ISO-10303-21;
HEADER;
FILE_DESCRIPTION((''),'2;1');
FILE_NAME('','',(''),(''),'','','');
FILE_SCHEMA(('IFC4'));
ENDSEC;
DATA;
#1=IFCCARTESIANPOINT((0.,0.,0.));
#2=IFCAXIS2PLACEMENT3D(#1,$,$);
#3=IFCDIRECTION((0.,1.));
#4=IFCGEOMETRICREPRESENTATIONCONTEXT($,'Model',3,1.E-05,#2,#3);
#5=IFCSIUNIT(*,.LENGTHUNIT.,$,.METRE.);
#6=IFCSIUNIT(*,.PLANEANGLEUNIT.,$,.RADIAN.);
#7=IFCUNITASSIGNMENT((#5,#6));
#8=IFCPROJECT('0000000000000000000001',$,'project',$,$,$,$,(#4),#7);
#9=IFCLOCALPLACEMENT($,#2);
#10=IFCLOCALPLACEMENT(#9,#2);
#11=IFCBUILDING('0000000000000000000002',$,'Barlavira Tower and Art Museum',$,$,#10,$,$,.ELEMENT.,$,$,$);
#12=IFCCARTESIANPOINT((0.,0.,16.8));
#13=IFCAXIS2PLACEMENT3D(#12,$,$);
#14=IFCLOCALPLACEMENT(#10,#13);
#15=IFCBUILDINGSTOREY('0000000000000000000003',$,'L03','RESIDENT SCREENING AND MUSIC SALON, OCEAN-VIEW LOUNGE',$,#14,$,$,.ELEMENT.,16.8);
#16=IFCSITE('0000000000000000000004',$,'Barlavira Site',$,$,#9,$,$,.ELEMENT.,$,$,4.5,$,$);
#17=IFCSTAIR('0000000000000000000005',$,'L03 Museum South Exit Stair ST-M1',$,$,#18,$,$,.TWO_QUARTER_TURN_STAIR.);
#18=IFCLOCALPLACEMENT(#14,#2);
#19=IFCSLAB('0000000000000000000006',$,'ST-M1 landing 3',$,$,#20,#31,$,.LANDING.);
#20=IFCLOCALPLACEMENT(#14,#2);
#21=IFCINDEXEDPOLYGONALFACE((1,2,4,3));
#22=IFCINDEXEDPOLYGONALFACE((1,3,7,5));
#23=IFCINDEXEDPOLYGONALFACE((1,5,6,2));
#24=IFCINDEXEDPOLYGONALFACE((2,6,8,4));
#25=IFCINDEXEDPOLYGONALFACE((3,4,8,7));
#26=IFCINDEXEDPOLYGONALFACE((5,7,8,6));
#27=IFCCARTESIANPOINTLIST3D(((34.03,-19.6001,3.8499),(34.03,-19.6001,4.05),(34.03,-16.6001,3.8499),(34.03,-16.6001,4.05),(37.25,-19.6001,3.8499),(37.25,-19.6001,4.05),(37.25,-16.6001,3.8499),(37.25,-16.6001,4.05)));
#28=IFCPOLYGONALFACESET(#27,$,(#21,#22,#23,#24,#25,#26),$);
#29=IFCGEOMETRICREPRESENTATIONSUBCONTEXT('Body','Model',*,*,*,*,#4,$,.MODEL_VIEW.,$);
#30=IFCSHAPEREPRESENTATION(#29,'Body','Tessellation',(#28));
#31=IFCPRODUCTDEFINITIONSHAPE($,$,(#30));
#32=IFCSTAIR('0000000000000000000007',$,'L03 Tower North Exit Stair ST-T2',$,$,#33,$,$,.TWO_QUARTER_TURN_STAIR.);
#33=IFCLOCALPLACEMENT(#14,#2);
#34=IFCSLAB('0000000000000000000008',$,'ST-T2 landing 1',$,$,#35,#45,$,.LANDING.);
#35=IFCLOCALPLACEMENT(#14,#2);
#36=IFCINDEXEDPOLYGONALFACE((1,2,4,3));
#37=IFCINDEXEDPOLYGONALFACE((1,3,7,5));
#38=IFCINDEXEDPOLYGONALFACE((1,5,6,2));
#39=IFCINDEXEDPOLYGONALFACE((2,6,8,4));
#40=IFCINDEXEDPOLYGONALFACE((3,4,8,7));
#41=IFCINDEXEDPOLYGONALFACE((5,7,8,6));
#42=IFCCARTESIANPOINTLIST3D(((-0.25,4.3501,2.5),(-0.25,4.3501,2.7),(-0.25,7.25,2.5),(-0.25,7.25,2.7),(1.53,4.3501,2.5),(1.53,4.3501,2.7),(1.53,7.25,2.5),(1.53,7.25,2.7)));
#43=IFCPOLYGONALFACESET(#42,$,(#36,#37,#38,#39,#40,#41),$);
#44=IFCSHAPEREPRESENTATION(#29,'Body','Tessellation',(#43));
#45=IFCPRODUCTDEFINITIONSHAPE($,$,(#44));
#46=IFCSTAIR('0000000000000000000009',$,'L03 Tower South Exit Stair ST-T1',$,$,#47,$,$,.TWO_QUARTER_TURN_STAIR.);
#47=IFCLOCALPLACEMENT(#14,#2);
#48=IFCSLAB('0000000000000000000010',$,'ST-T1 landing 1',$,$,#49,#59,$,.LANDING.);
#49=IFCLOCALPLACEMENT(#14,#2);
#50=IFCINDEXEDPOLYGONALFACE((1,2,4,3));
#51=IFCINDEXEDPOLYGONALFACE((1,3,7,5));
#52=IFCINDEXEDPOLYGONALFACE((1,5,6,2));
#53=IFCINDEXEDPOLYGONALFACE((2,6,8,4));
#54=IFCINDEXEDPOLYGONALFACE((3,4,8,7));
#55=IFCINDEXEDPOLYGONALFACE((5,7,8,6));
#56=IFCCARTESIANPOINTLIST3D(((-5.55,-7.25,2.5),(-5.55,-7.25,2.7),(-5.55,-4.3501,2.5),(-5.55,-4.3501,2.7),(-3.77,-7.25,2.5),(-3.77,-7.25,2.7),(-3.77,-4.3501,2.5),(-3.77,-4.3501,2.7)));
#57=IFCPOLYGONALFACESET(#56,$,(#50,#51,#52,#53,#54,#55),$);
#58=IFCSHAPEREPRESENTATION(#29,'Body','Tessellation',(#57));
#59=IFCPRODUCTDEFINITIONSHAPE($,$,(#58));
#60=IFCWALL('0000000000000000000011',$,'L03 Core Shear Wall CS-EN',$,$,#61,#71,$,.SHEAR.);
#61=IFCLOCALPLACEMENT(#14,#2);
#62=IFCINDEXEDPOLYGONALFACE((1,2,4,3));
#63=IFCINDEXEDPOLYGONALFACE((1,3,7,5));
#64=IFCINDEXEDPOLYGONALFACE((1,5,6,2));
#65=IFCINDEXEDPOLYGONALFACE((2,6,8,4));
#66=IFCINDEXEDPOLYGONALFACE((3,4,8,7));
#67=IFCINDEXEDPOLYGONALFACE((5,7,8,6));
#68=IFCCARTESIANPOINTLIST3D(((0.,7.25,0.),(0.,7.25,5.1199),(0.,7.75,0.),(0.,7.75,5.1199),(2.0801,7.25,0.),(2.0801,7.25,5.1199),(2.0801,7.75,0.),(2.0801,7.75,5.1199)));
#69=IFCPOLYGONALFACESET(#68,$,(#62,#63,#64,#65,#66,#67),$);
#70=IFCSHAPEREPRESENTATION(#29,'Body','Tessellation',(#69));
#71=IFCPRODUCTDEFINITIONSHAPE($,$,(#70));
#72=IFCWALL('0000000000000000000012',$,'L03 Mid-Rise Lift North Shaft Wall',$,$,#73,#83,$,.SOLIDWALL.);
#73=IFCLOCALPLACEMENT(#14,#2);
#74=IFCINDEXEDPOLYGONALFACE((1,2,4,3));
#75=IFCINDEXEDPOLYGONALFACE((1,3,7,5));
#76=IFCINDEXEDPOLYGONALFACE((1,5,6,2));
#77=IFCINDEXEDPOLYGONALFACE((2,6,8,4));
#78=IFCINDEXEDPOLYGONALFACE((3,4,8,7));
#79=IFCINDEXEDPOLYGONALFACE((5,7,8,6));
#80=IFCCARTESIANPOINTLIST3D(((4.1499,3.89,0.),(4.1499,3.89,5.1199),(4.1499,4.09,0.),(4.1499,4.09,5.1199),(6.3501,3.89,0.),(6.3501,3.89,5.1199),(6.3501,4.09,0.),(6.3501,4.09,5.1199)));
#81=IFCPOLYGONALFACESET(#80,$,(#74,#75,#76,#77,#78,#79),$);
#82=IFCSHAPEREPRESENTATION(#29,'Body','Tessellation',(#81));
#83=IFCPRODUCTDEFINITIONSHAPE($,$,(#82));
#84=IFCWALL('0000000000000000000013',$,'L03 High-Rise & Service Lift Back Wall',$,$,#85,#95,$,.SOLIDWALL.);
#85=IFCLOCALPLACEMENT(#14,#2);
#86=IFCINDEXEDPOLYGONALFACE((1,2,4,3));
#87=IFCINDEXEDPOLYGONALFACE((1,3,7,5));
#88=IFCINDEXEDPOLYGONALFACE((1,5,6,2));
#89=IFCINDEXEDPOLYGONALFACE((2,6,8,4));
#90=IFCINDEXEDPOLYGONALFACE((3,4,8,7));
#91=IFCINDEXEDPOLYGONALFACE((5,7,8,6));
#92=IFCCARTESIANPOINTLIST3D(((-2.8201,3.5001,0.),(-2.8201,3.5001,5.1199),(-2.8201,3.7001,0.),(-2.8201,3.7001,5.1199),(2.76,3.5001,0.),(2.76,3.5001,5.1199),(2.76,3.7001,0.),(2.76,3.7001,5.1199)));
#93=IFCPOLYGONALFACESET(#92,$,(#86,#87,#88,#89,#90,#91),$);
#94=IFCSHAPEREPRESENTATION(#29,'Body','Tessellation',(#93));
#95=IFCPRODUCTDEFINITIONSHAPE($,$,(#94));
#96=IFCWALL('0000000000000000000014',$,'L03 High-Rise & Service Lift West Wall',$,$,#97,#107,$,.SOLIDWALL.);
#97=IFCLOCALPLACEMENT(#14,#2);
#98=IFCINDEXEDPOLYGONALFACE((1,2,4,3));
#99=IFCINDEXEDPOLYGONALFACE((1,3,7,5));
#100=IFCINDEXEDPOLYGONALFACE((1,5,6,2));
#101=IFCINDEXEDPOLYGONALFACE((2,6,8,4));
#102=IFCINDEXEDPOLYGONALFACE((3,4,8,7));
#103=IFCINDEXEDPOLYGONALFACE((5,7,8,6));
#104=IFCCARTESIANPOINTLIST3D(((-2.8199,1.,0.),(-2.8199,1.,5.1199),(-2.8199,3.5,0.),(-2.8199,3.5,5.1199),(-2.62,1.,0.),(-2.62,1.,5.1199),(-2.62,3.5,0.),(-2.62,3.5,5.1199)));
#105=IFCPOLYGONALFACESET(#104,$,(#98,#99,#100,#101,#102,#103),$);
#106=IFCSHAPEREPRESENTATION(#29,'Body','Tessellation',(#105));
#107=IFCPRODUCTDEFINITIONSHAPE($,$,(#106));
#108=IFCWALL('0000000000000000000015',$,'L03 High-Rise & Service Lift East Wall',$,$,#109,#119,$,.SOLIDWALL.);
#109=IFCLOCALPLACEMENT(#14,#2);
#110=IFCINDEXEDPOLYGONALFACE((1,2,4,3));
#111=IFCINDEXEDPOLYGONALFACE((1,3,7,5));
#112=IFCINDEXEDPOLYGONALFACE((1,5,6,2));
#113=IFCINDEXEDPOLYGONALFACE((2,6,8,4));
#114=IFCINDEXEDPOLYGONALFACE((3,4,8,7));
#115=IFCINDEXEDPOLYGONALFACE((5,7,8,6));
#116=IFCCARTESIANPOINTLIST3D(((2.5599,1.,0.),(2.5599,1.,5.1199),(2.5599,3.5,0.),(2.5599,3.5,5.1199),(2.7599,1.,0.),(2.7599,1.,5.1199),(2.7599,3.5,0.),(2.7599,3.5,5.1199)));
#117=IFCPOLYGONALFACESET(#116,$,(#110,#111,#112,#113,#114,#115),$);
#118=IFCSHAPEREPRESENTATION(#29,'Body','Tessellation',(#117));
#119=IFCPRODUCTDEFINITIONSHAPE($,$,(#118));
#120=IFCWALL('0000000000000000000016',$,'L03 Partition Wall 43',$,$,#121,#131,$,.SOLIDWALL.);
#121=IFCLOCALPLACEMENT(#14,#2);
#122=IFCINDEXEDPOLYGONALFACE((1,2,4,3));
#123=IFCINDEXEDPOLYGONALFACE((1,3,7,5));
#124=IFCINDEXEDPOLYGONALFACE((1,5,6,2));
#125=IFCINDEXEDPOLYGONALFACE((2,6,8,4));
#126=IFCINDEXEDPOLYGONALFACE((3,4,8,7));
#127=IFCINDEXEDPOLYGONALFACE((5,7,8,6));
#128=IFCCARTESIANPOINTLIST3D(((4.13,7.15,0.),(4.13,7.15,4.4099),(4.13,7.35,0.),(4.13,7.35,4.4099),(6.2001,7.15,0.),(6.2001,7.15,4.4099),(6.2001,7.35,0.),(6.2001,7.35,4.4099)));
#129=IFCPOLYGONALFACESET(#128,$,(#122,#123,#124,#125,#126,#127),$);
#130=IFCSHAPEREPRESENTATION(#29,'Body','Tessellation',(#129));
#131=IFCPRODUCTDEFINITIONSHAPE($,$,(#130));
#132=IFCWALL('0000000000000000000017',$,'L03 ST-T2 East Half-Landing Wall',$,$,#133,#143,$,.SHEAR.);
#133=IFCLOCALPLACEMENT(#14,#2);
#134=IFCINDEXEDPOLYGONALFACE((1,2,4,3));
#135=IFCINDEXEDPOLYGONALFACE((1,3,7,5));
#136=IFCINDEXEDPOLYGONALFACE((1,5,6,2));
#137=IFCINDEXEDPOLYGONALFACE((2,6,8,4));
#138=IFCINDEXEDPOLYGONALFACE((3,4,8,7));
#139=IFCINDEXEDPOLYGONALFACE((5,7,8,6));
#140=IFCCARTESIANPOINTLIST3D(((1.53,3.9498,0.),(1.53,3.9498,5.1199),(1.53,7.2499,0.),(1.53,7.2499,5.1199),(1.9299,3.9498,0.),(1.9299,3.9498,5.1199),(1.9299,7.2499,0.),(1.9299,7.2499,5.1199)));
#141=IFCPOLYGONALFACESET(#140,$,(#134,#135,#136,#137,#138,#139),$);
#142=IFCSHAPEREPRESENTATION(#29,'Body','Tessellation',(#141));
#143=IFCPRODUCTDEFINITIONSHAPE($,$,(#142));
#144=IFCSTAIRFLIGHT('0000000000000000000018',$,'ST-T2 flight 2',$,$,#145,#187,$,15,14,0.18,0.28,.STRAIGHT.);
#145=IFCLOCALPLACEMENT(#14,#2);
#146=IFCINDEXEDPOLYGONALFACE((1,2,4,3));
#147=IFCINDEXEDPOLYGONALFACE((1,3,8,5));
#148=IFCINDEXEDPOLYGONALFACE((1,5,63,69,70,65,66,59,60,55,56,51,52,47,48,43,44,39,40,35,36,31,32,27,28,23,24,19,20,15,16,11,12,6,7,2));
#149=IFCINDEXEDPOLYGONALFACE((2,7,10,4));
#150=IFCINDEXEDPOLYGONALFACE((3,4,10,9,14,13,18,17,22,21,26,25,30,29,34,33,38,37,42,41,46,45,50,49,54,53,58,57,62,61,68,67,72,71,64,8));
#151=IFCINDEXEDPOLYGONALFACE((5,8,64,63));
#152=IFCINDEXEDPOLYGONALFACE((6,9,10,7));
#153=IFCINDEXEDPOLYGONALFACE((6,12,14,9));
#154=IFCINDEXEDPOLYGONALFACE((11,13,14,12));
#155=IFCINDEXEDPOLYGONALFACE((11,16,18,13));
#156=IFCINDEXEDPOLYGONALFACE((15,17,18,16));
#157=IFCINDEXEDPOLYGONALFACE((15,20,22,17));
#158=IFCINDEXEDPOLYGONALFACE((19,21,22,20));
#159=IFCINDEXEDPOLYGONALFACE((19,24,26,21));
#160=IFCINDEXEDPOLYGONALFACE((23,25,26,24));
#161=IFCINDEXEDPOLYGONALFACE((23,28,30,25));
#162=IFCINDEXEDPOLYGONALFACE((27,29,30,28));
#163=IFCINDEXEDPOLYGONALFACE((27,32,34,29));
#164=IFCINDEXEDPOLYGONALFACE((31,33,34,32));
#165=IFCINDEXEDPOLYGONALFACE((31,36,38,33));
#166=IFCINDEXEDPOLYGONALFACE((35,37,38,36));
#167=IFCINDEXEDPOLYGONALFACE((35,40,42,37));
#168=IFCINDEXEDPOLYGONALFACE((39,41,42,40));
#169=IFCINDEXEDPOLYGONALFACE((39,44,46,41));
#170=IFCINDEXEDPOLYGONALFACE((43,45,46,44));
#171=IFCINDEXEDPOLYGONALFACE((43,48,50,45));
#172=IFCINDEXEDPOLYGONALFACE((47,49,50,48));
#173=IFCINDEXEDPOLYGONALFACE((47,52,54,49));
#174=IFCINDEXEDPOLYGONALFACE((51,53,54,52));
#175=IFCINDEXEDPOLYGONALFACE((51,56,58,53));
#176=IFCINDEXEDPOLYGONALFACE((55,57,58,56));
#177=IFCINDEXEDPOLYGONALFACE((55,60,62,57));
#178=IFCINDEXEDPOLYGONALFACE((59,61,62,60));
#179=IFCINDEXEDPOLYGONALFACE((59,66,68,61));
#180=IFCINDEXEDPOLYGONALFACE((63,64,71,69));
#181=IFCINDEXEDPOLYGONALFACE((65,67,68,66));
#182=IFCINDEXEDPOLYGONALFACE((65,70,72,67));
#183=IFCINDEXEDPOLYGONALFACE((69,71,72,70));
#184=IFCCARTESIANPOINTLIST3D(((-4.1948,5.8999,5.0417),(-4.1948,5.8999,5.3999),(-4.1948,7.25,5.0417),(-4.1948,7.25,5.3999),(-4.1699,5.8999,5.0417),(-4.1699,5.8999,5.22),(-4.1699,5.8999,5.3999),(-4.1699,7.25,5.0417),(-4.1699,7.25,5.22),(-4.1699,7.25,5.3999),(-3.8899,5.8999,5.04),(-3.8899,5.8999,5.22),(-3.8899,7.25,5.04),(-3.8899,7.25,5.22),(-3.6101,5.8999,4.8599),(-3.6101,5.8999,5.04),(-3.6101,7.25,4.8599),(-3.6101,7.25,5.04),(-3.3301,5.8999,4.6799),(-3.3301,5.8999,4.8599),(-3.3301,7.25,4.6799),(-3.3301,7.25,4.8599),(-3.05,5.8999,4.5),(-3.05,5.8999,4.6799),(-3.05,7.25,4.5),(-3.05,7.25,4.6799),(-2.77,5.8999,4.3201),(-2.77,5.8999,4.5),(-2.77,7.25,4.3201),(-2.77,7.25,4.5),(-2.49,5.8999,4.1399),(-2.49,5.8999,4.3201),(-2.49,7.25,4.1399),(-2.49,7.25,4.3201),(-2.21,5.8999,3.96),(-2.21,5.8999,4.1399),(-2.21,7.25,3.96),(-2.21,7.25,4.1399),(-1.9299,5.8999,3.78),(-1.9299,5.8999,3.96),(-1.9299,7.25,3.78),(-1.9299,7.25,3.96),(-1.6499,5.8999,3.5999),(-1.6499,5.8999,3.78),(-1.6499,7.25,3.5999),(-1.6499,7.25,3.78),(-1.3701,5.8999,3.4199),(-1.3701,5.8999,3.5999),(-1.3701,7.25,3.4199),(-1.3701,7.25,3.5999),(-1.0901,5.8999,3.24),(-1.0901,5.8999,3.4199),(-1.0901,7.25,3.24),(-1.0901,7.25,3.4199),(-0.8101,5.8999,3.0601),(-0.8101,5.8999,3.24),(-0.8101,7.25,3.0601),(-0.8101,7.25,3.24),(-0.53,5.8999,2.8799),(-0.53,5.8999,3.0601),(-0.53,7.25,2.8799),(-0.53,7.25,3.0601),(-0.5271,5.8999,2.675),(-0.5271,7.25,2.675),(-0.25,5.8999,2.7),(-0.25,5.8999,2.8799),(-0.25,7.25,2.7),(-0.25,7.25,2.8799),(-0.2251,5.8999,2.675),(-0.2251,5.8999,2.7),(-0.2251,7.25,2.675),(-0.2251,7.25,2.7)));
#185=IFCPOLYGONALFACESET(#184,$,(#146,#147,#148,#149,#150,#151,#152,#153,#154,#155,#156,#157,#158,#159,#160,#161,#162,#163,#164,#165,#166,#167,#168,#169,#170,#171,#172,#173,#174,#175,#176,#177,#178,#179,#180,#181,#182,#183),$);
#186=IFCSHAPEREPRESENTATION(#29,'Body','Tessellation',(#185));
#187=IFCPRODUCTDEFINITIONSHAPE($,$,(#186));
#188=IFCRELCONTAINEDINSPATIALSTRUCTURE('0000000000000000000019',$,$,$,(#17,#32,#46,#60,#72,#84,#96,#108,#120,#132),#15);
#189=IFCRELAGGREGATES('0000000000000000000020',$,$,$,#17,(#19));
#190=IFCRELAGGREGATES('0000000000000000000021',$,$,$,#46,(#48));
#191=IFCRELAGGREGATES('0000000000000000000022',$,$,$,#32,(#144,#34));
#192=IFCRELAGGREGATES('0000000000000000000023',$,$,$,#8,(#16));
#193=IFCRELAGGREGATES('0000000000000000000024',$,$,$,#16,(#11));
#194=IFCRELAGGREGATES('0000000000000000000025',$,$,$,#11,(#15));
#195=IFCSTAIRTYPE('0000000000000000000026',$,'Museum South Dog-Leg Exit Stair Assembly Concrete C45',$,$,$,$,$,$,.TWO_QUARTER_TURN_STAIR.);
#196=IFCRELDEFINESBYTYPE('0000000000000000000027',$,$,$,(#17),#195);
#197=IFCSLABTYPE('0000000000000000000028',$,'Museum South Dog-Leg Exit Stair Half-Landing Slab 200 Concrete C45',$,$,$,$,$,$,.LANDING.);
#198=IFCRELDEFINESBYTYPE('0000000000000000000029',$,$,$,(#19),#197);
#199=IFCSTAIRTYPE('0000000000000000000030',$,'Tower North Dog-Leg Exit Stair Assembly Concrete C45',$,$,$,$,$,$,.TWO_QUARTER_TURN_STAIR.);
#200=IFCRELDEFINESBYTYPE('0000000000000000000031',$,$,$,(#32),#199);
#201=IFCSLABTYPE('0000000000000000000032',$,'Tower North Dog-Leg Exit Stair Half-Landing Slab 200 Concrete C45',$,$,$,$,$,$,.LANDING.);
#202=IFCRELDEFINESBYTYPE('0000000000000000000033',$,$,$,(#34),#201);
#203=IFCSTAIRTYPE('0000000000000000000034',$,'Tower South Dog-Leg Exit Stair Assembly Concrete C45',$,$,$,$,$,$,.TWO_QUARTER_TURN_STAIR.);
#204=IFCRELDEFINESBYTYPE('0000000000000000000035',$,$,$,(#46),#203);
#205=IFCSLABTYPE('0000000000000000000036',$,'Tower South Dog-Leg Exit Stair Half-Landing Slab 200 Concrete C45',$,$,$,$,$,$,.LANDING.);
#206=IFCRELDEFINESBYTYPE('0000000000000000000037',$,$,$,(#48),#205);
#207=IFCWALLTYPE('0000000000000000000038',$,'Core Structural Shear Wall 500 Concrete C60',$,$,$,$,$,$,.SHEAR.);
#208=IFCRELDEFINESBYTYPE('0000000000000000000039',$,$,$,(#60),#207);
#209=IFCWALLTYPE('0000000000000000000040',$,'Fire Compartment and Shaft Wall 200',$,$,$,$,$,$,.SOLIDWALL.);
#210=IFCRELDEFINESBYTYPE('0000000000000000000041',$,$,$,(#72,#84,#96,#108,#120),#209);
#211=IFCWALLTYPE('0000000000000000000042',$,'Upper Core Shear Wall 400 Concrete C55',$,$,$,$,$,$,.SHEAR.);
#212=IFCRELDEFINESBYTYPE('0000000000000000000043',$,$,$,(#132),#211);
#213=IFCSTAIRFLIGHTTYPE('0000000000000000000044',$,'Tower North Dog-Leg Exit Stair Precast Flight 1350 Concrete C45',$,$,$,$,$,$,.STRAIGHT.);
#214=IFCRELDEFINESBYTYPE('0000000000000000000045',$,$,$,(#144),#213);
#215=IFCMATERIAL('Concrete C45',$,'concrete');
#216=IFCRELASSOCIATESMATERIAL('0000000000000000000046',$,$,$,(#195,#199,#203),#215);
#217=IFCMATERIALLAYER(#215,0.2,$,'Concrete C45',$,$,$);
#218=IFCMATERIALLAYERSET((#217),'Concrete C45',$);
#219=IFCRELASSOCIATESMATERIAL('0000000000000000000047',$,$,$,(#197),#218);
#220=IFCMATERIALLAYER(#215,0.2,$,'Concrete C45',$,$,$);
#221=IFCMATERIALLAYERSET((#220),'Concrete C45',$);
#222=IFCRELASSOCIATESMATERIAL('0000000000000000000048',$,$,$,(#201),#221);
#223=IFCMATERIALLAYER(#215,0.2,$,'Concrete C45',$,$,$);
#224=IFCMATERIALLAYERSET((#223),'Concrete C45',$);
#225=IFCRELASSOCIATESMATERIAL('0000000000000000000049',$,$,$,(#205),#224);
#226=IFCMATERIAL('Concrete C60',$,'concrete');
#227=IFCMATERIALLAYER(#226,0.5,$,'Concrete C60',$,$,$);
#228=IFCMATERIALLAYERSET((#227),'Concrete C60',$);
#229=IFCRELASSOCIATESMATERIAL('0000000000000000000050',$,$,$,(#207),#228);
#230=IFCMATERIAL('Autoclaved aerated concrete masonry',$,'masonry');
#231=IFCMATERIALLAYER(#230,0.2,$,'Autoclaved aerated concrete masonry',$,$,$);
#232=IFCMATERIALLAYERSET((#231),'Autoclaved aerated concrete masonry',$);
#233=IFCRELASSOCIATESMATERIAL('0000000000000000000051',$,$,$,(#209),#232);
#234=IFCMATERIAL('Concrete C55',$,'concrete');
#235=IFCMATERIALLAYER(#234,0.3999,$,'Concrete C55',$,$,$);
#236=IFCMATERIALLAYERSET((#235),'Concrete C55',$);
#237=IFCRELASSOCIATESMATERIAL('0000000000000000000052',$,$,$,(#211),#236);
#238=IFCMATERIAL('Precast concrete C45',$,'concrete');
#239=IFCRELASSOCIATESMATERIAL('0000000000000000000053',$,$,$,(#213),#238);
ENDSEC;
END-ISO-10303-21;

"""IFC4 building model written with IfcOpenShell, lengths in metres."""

from ifc_helpers import new_model, si_unit, direction, frame, frame_2d, origin, place, context, subcontext, project, spatial, polyline, rectangle, outline, extrude, material, layer, layer_set, type_object, element, aggregate, save


model = new_model("IFC4")

# Units and contexts
model_context = context("Model", 3, precision=1e-05, world=origin(), true_north=direction((0.0, 1.0)))
body_context = subcontext(model_context, "Body", "Model", "MODEL_VIEW")
ifc_project = project(units=[si_unit("LENGTHUNIT", "METRE"), si_unit("PLANEANGLEUNIT", "RADIAN")], contexts=[model_context])

# Site, building, storey
site_placement = place(None, origin())
site = spatial("IfcSite", under=ifc_project, at=site_placement, Name="Barlavira Site", CompositionType="ELEMENT", RefElevation=4.5)
building_placement = place(site_placement, origin())
building = spatial("IfcBuilding", under=site, at=building_placement, Name="Barlavira Tower and Art Museum", CompositionType="ELEMENT")
storey_placement = place(building_placement, frame((0.0, 0.0, 16.8)))
storey = spatial("IfcBuildingStorey", under=building, at=storey_placement, Name="L03", Description="RESIDENT SCREENING AND MUSIC SALON, OCEAN-VIEW LOUNGE", CompositionType="ELEMENT", Elevation=16.8)

# Stair, slab
ifc_material_1 = material(Name="Concrete C45", Category="concrete")
stair_type_1 = type_object("IfcStairType", Name="Museum South Dog-Leg Exit Stair Assembly Concrete C45", PredefinedType="TWO_QUARTER_TURN_STAIR", material=ifc_material_1)
stair_1_placement = place(storey_placement, origin())
stair_1 = element("IfcStair", 1, at=stair_1_placement, inside=storey, type_object=stair_type_1, Name="L03 Museum South Exit Stair ST-M1", PredefinedType="TWO_QUARTER_TURN_STAIR")
ifc_layer_1 = layer(ifc_material_1, 0.2, Name="Concrete C45")
ifc_layer_set_1 = layer_set([ifc_layer_1], Name="Concrete C45")
slab_type_1 = type_object("IfcSlabType", Name="Museum South Dog-Leg Exit Stair Half-Landing Slab 200 Concrete C45", PredefinedType="LANDING", material=ifc_layer_set_1)
slab_1_placement = place(storey_placement, frame((0.0, 0.0, 3.8499)))
slab_1 = element("IfcSlab", 2, at=slab_1_placement, type_object=slab_type_1, Name="ST-M1 landing 3", PredefinedType="LANDING", context=body_context, shape_type="SweptSolid", body=[
    extrude(outline(polyline([(34.03, -19.6001), (37.25, -19.6001), (37.25, -16.6001), (34.03, -16.6001), (34.03, -19.6001)])), origin(), (0.0, 0.0, 1.0), 0.2002),
])
aggregate(stair_1, [slab_1])

# Stairs, slabs
stair_type_2 = type_object("IfcStairType", Name="Tower North Dog-Leg Exit Stair Assembly Concrete C45", PredefinedType="TWO_QUARTER_TURN_STAIR", material=ifc_material_1)
stair_2_placement = place(storey_placement, origin())
stair_2 = element("IfcStair", 3, at=stair_2_placement, inside=storey, type_object=stair_type_2, Name="L03 Tower North Exit Stair ST-T2", PredefinedType="TWO_QUARTER_TURN_STAIR")
ifc_layer_2 = layer(ifc_material_1, 0.2, Name="Concrete C45")
ifc_layer_set_2 = layer_set([ifc_layer_2], Name="Concrete C45")
slab_type_2 = type_object("IfcSlabType", Name="Tower North Dog-Leg Exit Stair Half-Landing Slab 200 Concrete C45", PredefinedType="LANDING", material=ifc_layer_set_2)
slab_2_placement = place(storey_placement, frame((0.0, 0.0, 2.5)))
slab_2 = element("IfcSlab", 4, at=slab_2_placement, type_object=slab_type_2, Name="ST-T2 landing 1", PredefinedType="LANDING", context=body_context, shape_type="SweptSolid", body=[
    extrude(outline(polyline([(-0.25, 4.3501), (1.53, 4.3501), (1.53, 7.25), (-0.25, 7.25), (-0.25, 4.3501)])), origin(), (0.0, 0.0, 1.0), 0.2),
])
stair_type_3 = type_object("IfcStairType", Name="Tower South Dog-Leg Exit Stair Assembly Concrete C45", PredefinedType="TWO_QUARTER_TURN_STAIR", material=ifc_material_1)
stair_3_placement = place(storey_placement, origin())
stair_3 = element("IfcStair", 5, at=stair_3_placement, inside=storey, type_object=stair_type_3, Name="L03 Tower South Exit Stair ST-T1", PredefinedType="TWO_QUARTER_TURN_STAIR")
ifc_layer_3 = layer(ifc_material_1, 0.2, Name="Concrete C45")
ifc_layer_set_3 = layer_set([ifc_layer_3], Name="Concrete C45")
slab_type_3 = type_object("IfcSlabType", Name="Tower South Dog-Leg Exit Stair Half-Landing Slab 200 Concrete C45", PredefinedType="LANDING", material=ifc_layer_set_3)
slab_3_placement = place(storey_placement, frame((0.0, 0.0, 2.5)))
slab_3 = element("IfcSlab", 6, at=slab_3_placement, type_object=slab_type_3, Name="ST-T1 landing 1", PredefinedType="LANDING", context=body_context, shape_type="SweptSolid", body=[
    extrude(outline(polyline([(-3.77, -4.3501), (-5.55, -4.3501), (-5.55, -7.25), (-3.77, -7.25), (-3.77, -4.3501)])), origin(), (0.0, 0.0, 1.0), 0.2),
])
aggregate(stair_3, [slab_3])

# Walls
ifc_material_2 = material(Name="Concrete C60", Category="concrete")
ifc_layer_4 = layer(ifc_material_2, 0.5, Name="Concrete C60")
ifc_layer_set_4 = layer_set([ifc_layer_4], Name="Concrete C60")
wall_type_1 = type_object("IfcWallType", Name="Core Structural Shear Wall 500 Concrete C60", PredefinedType="SHEAR", material=ifc_layer_set_4)
wall_1_placement = place(storey_placement, frame((0.0, 7.5, 0.0), z_axis=(0.0, 0.0, 1.0), x_axis=(1.0, 0.0, 0.0)))
element("IfcWall", 7, at=wall_1_placement, inside=storey, type_object=wall_type_1, Name="L03 Core Shear Wall CS-EN", PredefinedType="SHEAR", context=body_context, shape_type="SweptSolid", body=[
    extrude(rectangle(XDim=2.0801, YDim=0.5, at=frame_2d((1.04, 0.0))), origin(), (0.0, 0.0, 1.0), 5.1199),
])
ifc_material_3 = material(Name="Autoclaved aerated concrete masonry", Category="masonry")
ifc_layer_5 = layer(ifc_material_3, 0.2, Name="Autoclaved aerated concrete masonry")
ifc_layer_set_5 = layer_set([ifc_layer_5], Name="Autoclaved aerated concrete masonry")
wall_type_2 = type_object("IfcWallType", Name="Fire Compartment and Shaft Wall 200", PredefinedType="SOLIDWALL", material=ifc_layer_set_5)
wall_2_placement = place(storey_placement, frame((4.1499, 3.99, 0.0), z_axis=(0.0, 0.0, 1.0), x_axis=(1.0, 0.0, 0.0)))
element("IfcWall", 8, at=wall_2_placement, inside=storey, type_object=wall_type_2, Name="L03 Mid-Rise Lift North Shaft Wall", PredefinedType="SOLIDWALL", context=body_context, shape_type="SweptSolid", body=[
    extrude(rectangle(XDim=2.2002, YDim=0.2, at=frame_2d((1.1001, 0.0))), origin(), (0.0, 0.0, 1.0), 5.1199),
])
wall_3_placement = place(storey_placement, frame((-2.8201, 3.6001, 0.0), z_axis=(0.0, 0.0, 1.0), x_axis=(1.0, 0.0, 0.0)))
element("IfcWall", 9, at=wall_3_placement, inside=storey, type_object=wall_type_2, Name="L03 High-Rise & Service Lift Back Wall", PredefinedType="SOLIDWALL", context=body_context, shape_type="SweptSolid", body=[
    extrude(rectangle(XDim=5.5801, YDim=0.2, at=frame_2d((2.79, 0.0))), origin(), (0.0, 0.0, 1.0), 5.1199),
])
for number, where, z_axis, x_axis, name in (
    (10, (-2.72, 1.0, 0.0), (0.0, 0.0, 1.0), (0.0, 1.0, 0.0), "L03 High-Rise & Service Lift West Wall"),
    (11, (2.6599, 1.0, 0.0), (0.0, 0.0, 1.0), (0.0, 1.0, 0.0), "L03 High-Rise & Service Lift East Wall"),
):
    element("IfcWall", number, at=place(storey_placement, frame(where, z_axis=z_axis, x_axis=x_axis)), inside=storey, type_object=wall_type_2, Name=name, PredefinedType="SOLIDWALL", context=body_context, shape_type="SweptSolid", body=[
        extrude(rectangle(XDim=2.5, YDim=0.2, at=frame_2d((1.25, 0.0))), origin(), (0.0, 0.0, 1.0), 5.1199),
    ])

# Walls
wall_4_placement = place(storey_placement, frame((4.1299, 7.25, 0.0), z_axis=(0.0, 0.0, 1.0), x_axis=(1.0, 0.0, 0.0)))
element("IfcWall", 12, at=wall_4_placement, inside=storey, type_object=wall_type_2, Name="L03 Partition Wall 43", PredefinedType="SOLIDWALL", context=body_context, shape_type="SweptSolid", body=[
    extrude(rectangle(XDim=2.0701, YDim=0.2, at=frame_2d((1.0352, 0.0))), origin(), (0.0, 0.0, 1.0), 4.4099),
])
ifc_material_4 = material(Name="Concrete C55", Category="concrete")
ifc_layer_6 = layer(ifc_material_4, 0.3999, Name="Concrete C55")
ifc_layer_set_6 = layer_set([ifc_layer_6], Name="Concrete C55")
wall_type_3 = type_object("IfcWallType", Name="Upper Core Shear Wall 400 Concrete C55", PredefinedType="SHEAR", material=ifc_layer_set_6)
wall_5_placement = place(storey_placement, frame((1.73, 3.95, 0.0), z_axis=(0.0, 0.0, 1.0), x_axis=(0.0, 1.0, 0.0)))
element("IfcWall", 13, at=wall_5_placement, inside=storey, type_object=wall_type_3, Name="L03 ST-T2 East Half-Landing Wall", PredefinedType="SHEAR", context=body_context, shape_type="SweptSolid", body=[
    extrude(rectangle(XDim=3.3, YDim=0.3999, at=frame_2d((1.6499, 0.0))), origin(), (0.0, 0.0, 1.0), 5.1199),
])

# Stair flight
ifc_material_5 = material(Name="Precast concrete C45", Category="concrete")
stair_flight_type = type_object("IfcStairFlightType", Name="Tower North Dog-Leg Exit Stair Precast Flight 1350 Concrete C45", PredefinedType="STRAIGHT", material=ifc_material_5)
stair_flight_placement = place(storey_placement, frame((-0.25, 6.575, 2.7), z_axis=(0.0, 0.0, 1.0), x_axis=(-1.0, 0.0, 0.0)))
stair_flight = element("IfcStairFlight", 14, at=stair_flight_placement, type_object=stair_flight_type, Name="ST-T2 flight 2", NumberOfRisers=15, NumberOfTreads=14, PredefinedType="STRAIGHT", RiserHeight=0.18, TreadLength=0.28, context=body_context, shape_type="SweptSolid", body=[
    extrude(outline(polyline([(-0.0249, 0.0), (0.0, 0.0), (0.0, 0.1799), (0.28, 0.1799), (0.28, 0.3601), (0.5601, 0.3601), (0.5601, 0.54), (0.8401, 0.54), (0.8401, 0.72), (1.1201, 0.72), (1.1201, 0.8999), (1.3999, 0.8999), (1.3999, 1.0801), (1.6799, 1.0801), (1.6799, 1.26), (1.96, 1.26), (1.96, 1.4399), (2.24, 1.4399), (2.24, 1.6201), (2.52, 1.6201), (2.52, 1.8), (2.8, 1.8), (2.8, 1.98), (3.0801, 1.98), (3.0801, 2.1599), (3.3601, 2.1599), (3.3601, 2.3401), (3.6399, 2.3401), (3.6399, 2.52), (3.9199, 2.52), (3.9199, 2.7), (3.9448, 2.7), (3.9448, 2.3418), (3.9199, 2.3418), (0.2771, -0.0249), (-0.0249, -0.0249), (-0.0249, 0.0)])), frame((0.0, 0.675, 0.0), z_axis=(0.0, -1.0, 0.0), x_axis=(1.0, 0.0, 0.0)), (0.0, 0.0, 1.0), 1.3501),
])
aggregate(stair_2, [stair_flight, slab_2])

save(model, "model.ifc")
